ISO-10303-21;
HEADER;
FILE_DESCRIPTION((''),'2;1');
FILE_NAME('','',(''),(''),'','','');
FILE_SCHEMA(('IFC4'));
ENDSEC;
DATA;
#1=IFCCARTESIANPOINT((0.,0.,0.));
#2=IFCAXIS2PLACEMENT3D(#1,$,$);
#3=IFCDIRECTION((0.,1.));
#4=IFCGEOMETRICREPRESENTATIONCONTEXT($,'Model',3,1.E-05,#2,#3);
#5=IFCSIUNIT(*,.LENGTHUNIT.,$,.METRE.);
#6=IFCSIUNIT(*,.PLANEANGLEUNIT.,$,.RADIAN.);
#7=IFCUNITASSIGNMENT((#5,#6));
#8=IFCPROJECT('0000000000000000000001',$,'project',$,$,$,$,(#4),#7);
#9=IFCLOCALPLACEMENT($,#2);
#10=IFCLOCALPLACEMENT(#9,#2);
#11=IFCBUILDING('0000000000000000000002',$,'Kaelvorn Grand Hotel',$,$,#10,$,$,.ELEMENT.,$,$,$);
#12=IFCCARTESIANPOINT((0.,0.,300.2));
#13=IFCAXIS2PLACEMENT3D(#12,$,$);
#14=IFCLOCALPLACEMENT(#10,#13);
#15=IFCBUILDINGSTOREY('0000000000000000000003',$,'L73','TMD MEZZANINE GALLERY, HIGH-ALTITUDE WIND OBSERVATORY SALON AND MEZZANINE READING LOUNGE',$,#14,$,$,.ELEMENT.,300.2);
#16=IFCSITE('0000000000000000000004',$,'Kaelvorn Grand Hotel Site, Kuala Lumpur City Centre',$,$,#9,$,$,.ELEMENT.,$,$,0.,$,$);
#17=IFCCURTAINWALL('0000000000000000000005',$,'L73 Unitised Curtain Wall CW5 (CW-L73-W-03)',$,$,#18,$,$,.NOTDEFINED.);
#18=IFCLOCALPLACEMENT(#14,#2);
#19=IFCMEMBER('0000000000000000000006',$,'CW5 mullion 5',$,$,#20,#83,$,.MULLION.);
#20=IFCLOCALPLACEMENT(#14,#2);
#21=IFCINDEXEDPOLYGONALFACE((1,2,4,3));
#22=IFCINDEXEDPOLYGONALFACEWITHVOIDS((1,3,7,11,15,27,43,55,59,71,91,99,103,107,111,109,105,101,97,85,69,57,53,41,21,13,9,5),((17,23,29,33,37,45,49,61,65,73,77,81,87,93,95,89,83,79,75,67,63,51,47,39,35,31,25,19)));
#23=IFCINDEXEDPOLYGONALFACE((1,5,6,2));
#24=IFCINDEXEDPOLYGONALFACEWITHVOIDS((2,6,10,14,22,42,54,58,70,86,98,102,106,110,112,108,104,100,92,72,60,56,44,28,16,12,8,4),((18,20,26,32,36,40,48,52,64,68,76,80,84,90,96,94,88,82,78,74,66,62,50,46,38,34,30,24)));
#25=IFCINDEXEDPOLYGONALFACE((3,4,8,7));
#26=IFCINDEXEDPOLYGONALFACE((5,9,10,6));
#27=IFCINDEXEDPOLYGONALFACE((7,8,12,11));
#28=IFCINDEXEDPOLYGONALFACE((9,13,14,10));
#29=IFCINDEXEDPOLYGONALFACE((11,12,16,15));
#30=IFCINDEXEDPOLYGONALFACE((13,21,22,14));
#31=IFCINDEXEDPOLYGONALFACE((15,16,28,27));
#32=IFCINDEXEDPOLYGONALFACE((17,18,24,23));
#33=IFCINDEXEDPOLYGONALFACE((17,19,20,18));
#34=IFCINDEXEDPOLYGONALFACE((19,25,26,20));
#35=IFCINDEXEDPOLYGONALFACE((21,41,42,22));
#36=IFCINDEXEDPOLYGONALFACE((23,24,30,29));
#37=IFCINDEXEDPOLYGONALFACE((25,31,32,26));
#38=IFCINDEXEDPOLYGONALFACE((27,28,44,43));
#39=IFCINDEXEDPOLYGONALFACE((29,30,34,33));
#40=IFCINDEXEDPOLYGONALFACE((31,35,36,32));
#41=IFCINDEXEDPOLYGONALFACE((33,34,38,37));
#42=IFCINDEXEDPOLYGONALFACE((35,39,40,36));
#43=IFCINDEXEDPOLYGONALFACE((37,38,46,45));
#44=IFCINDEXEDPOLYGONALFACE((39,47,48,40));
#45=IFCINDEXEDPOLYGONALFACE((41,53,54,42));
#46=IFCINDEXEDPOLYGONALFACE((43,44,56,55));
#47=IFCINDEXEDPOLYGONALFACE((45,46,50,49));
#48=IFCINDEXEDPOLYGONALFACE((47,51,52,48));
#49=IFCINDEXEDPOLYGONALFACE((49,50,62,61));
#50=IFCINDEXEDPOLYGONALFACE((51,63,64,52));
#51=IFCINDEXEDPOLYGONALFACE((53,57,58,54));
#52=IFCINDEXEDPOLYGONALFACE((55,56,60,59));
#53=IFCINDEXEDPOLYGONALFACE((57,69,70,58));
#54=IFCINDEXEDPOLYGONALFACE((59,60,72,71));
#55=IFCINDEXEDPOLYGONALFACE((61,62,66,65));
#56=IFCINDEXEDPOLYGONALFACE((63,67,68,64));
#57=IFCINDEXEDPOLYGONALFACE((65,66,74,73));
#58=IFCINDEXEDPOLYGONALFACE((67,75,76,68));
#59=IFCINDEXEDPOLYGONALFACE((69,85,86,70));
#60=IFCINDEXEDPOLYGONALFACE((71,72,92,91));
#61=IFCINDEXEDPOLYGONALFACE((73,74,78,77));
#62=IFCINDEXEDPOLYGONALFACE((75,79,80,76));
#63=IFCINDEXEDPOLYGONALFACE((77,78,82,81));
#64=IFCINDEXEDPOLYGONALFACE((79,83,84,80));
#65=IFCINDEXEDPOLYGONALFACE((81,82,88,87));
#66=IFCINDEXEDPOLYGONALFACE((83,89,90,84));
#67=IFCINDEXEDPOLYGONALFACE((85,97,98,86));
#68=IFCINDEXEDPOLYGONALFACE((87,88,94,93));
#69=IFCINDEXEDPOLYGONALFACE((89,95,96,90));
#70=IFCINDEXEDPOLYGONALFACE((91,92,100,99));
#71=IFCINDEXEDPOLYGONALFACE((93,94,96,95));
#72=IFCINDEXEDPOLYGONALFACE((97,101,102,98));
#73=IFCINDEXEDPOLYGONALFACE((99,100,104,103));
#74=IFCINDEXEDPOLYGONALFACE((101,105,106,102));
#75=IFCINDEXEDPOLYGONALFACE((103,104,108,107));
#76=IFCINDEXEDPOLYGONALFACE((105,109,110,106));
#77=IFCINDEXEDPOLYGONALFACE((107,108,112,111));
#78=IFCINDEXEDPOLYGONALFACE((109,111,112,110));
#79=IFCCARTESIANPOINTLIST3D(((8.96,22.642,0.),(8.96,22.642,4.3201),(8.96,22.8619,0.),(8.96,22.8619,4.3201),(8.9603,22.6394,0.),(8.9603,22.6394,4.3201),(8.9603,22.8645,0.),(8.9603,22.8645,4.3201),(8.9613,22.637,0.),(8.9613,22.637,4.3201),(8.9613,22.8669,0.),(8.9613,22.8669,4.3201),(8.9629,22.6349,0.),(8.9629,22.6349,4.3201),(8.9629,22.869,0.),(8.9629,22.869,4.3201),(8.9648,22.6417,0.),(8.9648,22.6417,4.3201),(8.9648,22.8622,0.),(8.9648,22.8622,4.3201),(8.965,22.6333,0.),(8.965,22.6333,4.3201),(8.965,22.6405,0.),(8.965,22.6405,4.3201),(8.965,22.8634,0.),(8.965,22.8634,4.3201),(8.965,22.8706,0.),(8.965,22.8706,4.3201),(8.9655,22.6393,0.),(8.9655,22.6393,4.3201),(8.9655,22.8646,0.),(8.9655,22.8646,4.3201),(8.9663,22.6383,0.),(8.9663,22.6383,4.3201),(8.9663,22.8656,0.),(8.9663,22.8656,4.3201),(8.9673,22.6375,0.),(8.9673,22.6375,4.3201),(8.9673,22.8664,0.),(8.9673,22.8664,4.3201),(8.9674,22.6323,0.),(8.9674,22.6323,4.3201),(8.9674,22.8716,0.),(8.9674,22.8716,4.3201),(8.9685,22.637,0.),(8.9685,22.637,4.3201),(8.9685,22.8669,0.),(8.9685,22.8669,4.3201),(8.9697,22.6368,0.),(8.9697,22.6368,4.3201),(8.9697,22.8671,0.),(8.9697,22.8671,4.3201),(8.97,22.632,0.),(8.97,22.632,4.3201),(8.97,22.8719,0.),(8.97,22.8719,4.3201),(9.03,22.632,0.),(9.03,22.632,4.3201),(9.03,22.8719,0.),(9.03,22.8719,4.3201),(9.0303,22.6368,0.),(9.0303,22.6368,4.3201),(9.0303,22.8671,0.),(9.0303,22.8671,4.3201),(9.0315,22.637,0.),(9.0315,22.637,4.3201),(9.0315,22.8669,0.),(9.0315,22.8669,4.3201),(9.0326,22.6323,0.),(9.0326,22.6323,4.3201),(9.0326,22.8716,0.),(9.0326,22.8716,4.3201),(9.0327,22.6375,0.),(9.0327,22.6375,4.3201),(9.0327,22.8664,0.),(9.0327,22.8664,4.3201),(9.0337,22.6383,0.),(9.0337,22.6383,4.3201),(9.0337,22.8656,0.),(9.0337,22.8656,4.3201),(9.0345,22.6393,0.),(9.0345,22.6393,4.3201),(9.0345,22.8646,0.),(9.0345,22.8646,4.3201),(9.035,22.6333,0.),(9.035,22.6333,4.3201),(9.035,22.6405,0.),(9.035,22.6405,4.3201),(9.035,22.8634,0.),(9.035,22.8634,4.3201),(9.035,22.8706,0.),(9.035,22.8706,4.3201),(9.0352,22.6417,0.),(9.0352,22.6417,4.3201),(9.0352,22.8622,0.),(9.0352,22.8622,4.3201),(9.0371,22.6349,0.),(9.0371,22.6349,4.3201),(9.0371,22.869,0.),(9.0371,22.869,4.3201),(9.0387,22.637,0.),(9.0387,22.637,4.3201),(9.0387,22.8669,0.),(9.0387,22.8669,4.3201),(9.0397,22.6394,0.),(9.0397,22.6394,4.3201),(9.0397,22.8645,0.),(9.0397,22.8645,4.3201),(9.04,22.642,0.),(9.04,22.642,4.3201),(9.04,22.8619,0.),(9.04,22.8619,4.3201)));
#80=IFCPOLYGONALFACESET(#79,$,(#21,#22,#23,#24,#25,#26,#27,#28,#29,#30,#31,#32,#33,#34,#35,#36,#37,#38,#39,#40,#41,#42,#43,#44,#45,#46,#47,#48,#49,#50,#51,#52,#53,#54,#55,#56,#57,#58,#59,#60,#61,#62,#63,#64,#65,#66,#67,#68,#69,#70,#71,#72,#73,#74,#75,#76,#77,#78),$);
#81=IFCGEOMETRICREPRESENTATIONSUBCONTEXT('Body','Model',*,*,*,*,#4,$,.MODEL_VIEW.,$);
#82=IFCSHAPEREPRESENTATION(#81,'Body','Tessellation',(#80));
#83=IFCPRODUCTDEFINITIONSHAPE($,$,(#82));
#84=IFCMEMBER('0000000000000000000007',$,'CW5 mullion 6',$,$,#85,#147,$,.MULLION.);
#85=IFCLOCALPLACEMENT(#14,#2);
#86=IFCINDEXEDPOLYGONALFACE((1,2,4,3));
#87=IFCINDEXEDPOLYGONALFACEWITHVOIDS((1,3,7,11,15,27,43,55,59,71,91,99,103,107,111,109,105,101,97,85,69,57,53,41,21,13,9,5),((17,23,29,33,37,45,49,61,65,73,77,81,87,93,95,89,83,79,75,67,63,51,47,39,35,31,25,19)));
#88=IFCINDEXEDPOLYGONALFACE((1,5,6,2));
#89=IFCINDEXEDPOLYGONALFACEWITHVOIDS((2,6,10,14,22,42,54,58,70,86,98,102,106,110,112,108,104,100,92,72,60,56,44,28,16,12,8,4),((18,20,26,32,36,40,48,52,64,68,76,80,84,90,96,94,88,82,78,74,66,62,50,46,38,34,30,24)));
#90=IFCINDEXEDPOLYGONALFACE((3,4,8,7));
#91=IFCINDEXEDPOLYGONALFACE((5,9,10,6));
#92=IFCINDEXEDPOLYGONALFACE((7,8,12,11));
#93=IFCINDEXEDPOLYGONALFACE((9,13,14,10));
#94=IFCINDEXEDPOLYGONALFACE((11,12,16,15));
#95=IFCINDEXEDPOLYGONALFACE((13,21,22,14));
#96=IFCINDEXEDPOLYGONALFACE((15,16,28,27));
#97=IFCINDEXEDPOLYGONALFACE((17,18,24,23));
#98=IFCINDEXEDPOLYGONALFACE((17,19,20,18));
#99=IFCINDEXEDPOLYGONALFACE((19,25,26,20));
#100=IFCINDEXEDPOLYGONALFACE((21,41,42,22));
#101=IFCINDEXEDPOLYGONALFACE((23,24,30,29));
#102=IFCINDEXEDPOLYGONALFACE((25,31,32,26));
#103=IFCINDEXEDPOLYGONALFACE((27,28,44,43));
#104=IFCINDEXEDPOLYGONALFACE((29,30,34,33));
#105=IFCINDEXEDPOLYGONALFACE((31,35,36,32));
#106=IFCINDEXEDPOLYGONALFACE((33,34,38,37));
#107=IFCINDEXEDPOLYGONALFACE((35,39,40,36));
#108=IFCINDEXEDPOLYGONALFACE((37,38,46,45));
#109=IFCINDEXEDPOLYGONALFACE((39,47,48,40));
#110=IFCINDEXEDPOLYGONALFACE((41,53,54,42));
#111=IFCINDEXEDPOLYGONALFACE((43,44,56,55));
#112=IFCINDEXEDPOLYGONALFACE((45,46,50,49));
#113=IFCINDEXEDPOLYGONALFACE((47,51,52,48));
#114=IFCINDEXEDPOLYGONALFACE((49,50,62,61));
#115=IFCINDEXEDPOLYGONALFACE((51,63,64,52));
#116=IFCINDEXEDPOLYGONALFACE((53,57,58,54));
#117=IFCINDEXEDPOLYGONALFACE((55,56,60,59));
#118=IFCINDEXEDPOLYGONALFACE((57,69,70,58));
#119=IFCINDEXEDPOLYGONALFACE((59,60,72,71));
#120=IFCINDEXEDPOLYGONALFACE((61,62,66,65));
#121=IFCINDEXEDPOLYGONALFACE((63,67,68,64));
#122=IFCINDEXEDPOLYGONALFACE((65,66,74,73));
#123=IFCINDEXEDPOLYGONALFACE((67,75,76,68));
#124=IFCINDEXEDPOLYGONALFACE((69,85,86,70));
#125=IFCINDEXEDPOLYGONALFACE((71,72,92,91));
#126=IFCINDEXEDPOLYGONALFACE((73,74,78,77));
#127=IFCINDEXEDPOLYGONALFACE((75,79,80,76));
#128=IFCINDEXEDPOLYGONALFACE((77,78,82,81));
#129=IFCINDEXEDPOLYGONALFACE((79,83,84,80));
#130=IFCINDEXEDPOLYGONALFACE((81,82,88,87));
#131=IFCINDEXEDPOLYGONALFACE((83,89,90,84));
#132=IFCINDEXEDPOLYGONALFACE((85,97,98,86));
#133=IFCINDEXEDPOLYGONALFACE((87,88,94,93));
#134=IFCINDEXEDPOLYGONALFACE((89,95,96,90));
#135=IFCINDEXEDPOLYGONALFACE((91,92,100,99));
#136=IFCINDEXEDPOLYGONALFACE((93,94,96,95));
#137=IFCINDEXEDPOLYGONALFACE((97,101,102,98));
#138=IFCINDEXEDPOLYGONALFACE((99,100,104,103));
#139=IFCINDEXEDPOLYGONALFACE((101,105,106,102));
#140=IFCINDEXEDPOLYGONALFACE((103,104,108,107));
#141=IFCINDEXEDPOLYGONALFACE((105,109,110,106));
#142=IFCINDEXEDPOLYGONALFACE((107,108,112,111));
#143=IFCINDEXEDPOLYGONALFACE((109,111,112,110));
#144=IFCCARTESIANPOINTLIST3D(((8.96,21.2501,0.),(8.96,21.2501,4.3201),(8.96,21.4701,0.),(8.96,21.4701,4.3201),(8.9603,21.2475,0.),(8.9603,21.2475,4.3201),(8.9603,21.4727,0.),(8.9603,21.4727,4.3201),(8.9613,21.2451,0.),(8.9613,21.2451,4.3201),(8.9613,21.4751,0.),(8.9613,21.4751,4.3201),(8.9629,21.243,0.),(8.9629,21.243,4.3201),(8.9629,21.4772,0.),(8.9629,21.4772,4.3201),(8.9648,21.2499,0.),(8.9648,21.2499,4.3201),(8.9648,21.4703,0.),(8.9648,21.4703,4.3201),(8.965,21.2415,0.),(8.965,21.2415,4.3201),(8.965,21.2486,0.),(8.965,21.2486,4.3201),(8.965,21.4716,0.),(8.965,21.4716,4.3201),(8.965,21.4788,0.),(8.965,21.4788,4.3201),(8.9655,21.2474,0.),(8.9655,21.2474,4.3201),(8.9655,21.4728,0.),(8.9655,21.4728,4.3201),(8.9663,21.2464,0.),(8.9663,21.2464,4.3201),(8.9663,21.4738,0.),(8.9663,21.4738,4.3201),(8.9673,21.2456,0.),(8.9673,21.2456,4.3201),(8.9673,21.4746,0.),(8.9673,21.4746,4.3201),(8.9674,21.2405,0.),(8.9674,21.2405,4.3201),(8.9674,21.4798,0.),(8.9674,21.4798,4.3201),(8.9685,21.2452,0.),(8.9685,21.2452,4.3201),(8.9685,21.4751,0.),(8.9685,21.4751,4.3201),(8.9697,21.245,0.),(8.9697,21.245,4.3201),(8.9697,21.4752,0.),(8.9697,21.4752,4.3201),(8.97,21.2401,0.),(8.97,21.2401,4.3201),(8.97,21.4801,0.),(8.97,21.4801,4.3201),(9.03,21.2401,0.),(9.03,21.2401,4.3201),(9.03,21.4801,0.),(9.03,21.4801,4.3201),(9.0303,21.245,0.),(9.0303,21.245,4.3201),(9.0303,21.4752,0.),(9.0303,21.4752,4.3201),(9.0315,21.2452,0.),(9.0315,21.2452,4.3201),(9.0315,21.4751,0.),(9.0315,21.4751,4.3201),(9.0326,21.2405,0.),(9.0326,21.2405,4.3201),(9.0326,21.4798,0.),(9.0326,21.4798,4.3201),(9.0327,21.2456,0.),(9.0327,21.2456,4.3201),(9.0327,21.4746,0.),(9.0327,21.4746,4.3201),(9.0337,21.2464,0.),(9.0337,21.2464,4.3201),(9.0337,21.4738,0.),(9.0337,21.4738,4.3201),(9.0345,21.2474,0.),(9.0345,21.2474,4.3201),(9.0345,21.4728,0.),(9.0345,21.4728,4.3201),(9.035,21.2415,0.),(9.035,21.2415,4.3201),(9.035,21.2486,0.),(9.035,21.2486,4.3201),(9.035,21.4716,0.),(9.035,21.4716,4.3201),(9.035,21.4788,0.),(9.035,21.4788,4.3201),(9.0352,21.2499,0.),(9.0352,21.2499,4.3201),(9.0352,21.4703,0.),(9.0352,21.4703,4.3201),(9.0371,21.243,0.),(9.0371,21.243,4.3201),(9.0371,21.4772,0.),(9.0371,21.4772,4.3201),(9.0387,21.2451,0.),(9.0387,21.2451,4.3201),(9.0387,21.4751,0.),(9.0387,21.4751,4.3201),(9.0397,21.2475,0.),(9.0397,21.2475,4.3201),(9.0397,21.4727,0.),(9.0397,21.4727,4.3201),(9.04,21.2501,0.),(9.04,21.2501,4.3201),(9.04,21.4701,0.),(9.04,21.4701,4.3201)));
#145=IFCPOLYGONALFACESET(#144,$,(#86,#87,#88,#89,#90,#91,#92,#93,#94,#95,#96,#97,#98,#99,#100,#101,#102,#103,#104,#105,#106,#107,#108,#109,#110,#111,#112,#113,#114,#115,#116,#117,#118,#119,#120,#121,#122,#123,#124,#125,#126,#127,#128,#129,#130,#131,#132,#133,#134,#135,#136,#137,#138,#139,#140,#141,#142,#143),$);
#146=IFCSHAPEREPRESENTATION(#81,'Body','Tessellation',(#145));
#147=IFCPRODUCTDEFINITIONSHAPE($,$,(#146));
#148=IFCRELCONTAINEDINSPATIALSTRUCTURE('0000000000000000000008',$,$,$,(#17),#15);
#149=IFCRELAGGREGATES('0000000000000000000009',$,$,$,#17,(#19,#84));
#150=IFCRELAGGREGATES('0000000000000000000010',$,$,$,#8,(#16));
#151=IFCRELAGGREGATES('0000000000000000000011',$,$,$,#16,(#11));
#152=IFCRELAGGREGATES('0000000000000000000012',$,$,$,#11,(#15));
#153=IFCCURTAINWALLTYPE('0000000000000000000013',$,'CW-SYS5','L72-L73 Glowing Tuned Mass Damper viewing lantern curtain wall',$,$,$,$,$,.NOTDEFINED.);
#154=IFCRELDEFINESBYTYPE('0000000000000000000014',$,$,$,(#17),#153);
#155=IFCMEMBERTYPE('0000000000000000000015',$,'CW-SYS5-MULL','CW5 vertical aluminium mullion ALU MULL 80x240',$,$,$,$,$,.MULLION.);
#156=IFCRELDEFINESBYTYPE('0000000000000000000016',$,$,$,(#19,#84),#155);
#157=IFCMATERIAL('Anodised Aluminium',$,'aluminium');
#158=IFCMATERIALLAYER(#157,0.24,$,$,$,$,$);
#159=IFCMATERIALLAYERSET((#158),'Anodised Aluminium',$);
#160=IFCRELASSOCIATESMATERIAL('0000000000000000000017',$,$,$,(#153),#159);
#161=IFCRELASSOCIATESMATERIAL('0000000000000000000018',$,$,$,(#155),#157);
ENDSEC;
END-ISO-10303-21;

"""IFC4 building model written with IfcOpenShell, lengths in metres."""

from ifc_helpers import new_model, si_unit, direction, frame, origin, origin_2d, place, context, subcontext, project, spatial, hollow_rectangle, extrude, material, layer, layer_set, material_profile, profile_set, type_object, element, aggregate, save


model = new_model("IFC4")

# Units and contexts
model_context = context("Model", 3, precision=1e-05, world=origin(), true_north=direction((0.0, 1.0)))
body_context = subcontext(model_context, "Body", "Model", "MODEL_VIEW")
ifc_project = project(units=[si_unit("LENGTHUNIT", "METRE"), si_unit("PLANEANGLEUNIT", "RADIAN")], contexts=[model_context])

# Site, building, storey
site_placement = place(None, origin())
site = spatial("IfcSite", under=ifc_project, at=site_placement, Name="Kaelvorn Grand Hotel Site, Kuala Lumpur City Centre", CompositionType="ELEMENT", RefElevation=0.0)
building_placement = place(site_placement, origin())
building = spatial("IfcBuilding", under=site, at=building_placement, Name="Kaelvorn Grand Hotel", CompositionType="ELEMENT")
storey_placement = place(building_placement, frame((0.0, 0.0, 300.2)))
storey = spatial("IfcBuildingStorey", under=building, at=storey_placement, Name="L73", Description="TMD MEZZANINE GALLERY, HIGH-ALTITUDE WIND OBSERVATORY SALON AND MEZZANINE READING LOUNGE", CompositionType="ELEMENT", Elevation=300.2)

# Curtain wall, members
ifc_material_1 = material(Name="Anodised Aluminium", Category="aluminium")
ifc_layer_1 = layer(ifc_material_1, 0.24)
ifc_layer_set_1 = layer_set([ifc_layer_1], Name="Anodised Aluminium")
curtain_wall_type = type_object("IfcCurtainWallType", Name="CW-SYS5", Description="L72-L73 Glowing Tuned Mass Damper viewing lantern curtain wall", PredefinedType="NOTDEFINED", material=ifc_layer_set_1)
curtain_wall_1_placement = place(storey_placement, origin())
curtain_wall_1 = element("IfcCurtainWall", 1, at=curtain_wall_1_placement, inside=storey, type_object=curtain_wall_type, Name="L73 Unitised Curtain Wall CW5 (CW-L73-W-03)", PredefinedType="NOTDEFINED")
ifc_material_profile_1 = material_profile(ifc_material_1, hollow_rectangle(XDim=0.0801, YDim=0.24, WallThickness=0.0049, InnerFilletRadius=0.0049, OuterFilletRadius=0.01, at=origin_2d()), Name="ALU MULL 80x240")
ifc_profile_set_1 = profile_set([ifc_material_profile_1], Name="Anodised Aluminium")
member_type_1 = type_object("IfcMemberType", Name="CW-SYS5-MULL", Description="CW5 vertical aluminium mullion ALU MULL 80x240", PredefinedType="MULLION", material=ifc_profile_set_1)
member_1_placement = place(storey_placement, frame((9.0, 22.752, 0.0), z_axis=(0.0, 0.0, 1.0), x_axis=(1.0, 0.0, 0.0)))
member_1 = element("IfcMember", 2, at=member_1_placement, type_object=member_type_1, Name="CW5 mullion 5", PredefinedType="MULLION", context=body_context, shape_type="SweptSolid", body=[
    extrude(hollow_rectangle(XDim=0.0801, YDim=0.24, WallThickness=0.0049, InnerFilletRadius=0.0049, OuterFilletRadius=0.01, at=origin_2d()), origin(), (0.0, 0.0, 1.0), 4.3201),
])
member_2_placement = place(storey_placement, frame((9.0, 21.3601, 0.0), z_axis=(0.0, 0.0, 1.0), x_axis=(1.0, 0.0, 0.0)))
member_2 = element("IfcMember", 3, at=member_2_placement, type_object=member_type_1, Name="CW5 mullion 6", PredefinedType="MULLION", context=body_context, shape_type="SweptSolid", body=[
    extrude(hollow_rectangle(XDim=0.0801, YDim=0.24, WallThickness=0.0049, InnerFilletRadius=0.0049, OuterFilletRadius=0.01, at=origin_2d()), origin(), (0.0, 0.0, 1.0), 4.3201),
])

aggregate(curtain_wall_1, [member_1, member_2])

save(model, "model.ifc")
